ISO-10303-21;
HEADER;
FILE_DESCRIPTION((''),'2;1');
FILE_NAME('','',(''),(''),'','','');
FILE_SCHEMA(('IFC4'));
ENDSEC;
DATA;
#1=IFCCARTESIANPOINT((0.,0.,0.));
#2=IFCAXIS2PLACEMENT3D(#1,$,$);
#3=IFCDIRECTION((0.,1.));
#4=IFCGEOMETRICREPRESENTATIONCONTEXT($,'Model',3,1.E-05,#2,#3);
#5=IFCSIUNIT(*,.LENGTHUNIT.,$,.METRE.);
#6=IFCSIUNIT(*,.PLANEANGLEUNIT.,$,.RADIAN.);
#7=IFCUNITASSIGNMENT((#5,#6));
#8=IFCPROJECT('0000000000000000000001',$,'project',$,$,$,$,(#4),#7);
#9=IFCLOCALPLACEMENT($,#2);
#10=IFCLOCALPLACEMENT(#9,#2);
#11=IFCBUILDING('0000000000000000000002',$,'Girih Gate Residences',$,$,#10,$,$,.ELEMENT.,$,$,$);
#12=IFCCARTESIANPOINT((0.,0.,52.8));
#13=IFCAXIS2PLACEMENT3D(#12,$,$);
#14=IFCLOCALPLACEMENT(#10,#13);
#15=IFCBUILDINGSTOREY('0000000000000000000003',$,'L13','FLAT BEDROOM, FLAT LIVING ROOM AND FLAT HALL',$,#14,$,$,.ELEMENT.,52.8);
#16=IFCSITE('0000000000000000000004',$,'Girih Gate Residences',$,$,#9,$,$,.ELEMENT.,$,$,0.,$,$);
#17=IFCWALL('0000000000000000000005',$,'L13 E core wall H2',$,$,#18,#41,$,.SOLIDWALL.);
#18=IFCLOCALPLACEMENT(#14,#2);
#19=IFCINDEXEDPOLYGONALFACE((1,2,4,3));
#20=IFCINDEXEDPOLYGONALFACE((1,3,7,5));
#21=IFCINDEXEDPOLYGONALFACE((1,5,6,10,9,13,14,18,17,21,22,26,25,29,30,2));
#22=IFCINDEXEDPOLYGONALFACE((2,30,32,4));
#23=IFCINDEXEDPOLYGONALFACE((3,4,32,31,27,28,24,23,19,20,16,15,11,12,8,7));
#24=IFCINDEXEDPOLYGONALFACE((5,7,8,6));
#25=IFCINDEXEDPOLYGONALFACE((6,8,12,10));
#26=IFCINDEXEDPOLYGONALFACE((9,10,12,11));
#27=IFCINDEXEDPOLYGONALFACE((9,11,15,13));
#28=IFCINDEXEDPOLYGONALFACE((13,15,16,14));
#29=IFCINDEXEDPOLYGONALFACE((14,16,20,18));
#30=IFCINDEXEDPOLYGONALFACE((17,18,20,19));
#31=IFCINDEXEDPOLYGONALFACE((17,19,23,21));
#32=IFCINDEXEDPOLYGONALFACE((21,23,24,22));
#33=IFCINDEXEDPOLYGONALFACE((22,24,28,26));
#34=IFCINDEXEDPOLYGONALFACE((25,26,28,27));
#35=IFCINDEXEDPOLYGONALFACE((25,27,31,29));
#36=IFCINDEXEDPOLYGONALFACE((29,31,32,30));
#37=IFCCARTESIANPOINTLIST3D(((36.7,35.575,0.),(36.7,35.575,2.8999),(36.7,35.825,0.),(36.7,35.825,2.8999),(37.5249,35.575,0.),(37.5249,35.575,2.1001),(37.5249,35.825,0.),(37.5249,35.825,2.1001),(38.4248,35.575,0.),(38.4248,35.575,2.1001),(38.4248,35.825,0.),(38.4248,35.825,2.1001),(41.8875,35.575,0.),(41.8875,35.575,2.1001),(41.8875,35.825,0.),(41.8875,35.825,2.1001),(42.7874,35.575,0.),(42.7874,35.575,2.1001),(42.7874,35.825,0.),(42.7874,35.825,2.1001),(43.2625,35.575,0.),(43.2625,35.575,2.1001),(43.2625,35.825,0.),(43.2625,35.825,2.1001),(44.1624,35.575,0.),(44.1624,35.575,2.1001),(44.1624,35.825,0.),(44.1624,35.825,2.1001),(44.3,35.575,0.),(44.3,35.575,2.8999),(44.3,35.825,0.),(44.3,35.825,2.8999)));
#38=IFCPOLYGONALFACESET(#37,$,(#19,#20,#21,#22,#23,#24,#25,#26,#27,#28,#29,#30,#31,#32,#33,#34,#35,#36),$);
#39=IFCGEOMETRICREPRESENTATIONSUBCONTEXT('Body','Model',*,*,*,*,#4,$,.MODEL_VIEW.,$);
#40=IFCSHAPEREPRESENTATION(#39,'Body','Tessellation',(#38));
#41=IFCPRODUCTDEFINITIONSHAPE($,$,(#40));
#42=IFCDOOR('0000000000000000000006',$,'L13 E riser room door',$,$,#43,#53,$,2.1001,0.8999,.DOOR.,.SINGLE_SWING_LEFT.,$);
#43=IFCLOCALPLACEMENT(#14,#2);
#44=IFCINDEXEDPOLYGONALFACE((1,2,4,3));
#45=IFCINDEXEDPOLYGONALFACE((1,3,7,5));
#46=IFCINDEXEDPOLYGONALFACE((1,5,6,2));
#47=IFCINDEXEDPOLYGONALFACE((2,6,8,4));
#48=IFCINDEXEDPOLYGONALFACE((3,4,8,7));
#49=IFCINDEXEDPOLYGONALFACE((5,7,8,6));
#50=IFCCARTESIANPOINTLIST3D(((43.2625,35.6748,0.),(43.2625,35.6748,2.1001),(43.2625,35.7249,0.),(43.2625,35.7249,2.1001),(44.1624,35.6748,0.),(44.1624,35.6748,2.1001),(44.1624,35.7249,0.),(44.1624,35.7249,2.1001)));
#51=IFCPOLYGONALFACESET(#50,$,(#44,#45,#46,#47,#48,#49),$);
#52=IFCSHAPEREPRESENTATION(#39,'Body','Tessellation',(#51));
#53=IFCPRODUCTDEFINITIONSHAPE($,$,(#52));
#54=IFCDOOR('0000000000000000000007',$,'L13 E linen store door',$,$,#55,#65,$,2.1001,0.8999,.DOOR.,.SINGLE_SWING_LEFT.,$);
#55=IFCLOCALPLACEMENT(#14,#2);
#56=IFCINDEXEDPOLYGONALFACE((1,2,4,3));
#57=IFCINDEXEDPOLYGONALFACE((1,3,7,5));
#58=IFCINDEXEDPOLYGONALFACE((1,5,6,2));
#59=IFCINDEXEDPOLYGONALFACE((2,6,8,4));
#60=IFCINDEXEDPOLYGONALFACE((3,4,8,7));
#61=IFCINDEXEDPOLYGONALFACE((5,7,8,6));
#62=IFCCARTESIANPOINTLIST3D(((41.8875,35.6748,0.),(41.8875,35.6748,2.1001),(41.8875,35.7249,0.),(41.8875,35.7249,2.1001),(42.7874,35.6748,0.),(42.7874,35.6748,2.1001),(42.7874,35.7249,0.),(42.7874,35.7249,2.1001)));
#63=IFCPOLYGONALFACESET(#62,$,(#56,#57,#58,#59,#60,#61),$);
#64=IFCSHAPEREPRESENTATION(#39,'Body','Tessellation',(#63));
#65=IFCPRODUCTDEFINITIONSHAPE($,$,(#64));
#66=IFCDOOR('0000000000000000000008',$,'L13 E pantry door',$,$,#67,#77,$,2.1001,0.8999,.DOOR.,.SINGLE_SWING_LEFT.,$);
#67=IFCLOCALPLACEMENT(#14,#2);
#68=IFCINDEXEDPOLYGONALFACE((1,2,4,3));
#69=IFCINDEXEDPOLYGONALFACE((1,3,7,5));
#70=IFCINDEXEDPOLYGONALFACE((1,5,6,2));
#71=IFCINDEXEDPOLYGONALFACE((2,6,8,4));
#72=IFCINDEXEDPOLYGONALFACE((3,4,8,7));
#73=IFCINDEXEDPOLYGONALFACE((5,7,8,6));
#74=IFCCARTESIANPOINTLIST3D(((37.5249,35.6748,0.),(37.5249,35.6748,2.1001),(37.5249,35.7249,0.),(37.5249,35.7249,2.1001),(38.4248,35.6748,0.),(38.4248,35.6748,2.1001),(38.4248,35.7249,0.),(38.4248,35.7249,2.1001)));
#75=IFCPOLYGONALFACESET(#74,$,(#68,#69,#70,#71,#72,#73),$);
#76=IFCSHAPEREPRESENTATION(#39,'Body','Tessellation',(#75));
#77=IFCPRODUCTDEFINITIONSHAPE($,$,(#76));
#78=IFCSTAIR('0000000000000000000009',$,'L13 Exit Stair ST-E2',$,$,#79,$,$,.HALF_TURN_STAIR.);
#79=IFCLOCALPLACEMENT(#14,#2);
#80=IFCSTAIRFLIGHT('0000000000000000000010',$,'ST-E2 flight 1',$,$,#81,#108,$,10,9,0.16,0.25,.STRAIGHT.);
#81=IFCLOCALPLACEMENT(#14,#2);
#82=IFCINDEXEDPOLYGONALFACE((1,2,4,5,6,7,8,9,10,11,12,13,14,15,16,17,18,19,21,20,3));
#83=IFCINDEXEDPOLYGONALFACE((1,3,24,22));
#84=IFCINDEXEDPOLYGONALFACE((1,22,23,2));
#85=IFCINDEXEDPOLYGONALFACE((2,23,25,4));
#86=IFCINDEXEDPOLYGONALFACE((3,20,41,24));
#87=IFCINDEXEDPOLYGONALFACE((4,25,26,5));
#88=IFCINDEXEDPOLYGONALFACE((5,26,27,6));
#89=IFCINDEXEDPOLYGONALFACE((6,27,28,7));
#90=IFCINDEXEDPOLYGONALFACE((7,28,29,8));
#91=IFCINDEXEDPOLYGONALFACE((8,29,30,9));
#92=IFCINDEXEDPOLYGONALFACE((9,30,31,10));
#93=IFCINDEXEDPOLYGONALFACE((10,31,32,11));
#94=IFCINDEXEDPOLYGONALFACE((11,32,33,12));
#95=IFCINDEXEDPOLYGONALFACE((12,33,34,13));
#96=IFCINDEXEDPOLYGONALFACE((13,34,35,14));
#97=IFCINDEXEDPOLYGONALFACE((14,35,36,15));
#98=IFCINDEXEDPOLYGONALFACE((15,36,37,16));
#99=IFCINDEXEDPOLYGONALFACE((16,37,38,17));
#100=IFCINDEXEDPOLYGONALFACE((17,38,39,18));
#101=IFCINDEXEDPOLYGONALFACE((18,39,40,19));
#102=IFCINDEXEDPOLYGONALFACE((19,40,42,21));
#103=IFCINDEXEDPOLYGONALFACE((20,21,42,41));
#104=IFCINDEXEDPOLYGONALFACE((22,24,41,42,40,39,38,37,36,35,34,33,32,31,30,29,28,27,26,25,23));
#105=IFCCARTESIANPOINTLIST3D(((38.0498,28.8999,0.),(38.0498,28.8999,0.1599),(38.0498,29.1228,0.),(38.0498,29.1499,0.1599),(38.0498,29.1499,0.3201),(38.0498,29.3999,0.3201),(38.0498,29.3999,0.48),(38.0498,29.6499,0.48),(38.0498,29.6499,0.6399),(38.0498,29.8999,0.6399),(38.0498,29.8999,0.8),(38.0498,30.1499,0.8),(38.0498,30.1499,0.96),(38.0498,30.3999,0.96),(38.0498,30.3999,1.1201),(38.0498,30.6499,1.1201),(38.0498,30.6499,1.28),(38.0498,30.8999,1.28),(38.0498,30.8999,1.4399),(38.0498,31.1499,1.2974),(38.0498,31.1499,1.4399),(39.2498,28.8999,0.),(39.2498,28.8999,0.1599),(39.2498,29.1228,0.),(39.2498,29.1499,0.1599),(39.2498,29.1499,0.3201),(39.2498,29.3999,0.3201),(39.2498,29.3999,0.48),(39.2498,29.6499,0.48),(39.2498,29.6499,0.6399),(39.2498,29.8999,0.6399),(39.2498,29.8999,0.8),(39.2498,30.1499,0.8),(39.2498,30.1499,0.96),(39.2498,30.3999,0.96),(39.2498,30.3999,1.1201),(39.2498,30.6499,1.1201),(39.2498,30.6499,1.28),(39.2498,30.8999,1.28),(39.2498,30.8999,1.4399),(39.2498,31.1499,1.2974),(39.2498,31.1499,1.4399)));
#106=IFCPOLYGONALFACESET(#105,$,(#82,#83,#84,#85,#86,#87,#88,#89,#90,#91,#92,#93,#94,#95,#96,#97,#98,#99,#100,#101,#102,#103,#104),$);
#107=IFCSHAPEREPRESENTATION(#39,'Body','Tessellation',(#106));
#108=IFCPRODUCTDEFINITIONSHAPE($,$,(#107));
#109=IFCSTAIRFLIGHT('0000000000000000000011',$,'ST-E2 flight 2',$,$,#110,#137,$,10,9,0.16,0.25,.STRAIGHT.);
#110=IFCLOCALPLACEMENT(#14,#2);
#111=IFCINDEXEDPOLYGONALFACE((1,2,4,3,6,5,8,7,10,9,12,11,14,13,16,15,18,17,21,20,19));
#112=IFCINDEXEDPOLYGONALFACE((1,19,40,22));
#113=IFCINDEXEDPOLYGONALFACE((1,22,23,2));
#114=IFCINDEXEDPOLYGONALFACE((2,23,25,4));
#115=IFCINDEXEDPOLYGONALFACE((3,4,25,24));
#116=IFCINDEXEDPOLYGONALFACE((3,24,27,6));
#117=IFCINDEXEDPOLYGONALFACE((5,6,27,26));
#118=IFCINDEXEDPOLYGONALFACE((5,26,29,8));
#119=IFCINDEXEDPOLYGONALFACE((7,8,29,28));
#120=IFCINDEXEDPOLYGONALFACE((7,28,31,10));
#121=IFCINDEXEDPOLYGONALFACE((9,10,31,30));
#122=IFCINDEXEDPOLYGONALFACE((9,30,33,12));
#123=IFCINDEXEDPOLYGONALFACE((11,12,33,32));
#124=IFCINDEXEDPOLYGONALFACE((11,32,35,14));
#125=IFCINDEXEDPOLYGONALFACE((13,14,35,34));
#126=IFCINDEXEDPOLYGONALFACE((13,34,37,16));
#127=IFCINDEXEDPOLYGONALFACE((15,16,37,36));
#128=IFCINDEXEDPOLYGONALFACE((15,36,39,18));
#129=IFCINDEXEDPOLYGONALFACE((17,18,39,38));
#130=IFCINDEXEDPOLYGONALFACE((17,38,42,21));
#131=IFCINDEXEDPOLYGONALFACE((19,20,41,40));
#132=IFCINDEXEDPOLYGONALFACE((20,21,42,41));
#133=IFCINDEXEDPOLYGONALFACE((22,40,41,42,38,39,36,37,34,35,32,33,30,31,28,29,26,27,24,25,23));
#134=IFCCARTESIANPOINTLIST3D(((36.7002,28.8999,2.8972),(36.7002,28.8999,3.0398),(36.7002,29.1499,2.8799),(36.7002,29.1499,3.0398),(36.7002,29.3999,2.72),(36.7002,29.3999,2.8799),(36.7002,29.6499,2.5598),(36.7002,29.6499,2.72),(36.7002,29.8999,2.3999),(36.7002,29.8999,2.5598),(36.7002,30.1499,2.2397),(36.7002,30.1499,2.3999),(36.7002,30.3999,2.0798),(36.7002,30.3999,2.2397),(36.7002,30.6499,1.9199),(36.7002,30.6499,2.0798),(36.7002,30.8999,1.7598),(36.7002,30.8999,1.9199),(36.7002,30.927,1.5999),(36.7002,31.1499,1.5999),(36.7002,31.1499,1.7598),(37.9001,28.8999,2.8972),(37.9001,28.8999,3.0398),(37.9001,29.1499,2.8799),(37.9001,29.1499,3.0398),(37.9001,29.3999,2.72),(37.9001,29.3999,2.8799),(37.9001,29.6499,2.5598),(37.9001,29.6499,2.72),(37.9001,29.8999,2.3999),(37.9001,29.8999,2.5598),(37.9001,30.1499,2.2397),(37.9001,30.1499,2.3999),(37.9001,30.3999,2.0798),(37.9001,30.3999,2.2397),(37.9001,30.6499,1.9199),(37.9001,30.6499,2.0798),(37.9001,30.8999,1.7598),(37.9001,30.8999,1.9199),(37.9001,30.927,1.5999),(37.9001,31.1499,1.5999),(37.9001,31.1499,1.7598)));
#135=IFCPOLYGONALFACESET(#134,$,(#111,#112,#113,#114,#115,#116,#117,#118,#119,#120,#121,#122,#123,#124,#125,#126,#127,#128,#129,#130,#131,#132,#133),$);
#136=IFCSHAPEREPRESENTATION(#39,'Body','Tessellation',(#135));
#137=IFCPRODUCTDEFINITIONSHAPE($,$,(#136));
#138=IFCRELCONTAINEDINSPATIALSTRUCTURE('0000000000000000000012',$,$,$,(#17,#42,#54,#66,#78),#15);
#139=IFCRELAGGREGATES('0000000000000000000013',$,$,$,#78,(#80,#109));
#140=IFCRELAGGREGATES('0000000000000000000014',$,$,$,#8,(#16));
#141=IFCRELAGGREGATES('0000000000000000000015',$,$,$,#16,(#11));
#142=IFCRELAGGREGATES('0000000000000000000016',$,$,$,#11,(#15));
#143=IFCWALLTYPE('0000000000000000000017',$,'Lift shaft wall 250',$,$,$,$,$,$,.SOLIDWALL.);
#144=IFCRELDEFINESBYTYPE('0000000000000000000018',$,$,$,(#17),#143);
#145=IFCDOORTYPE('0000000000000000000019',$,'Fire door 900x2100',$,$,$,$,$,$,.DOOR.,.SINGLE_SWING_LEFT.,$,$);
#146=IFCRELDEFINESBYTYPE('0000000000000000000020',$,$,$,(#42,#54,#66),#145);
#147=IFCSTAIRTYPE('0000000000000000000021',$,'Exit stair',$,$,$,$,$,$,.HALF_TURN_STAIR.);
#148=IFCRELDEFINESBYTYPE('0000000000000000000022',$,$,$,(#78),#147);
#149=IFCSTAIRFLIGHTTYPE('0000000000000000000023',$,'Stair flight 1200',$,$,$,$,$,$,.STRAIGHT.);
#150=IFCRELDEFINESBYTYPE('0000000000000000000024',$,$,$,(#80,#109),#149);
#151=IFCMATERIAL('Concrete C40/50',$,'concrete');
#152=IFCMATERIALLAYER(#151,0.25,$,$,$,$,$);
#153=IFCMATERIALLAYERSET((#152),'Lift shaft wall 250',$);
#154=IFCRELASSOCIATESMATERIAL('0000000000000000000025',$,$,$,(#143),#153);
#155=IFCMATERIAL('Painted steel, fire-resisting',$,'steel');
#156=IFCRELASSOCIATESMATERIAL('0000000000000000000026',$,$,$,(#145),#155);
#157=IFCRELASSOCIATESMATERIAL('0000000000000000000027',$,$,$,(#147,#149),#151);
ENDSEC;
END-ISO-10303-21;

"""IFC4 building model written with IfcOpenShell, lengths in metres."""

from ifc_helpers import new_model, si_unit, direction, frame, frame_2d, origin, place, context, subcontext, project, spatial, polyline, rectangle, outline, extrude, material, layer, layer_set, type_object, element, fill, aggregate, save


model = new_model("IFC4")

# Units and contexts
model_context = context("Model", 3, precision=1e-05, world=origin(), true_north=direction((0.0, 1.0)))
body_context = subcontext(model_context, "Body", "Model", "MODEL_VIEW")
ifc_project = project(units=[si_unit("LENGTHUNIT", "METRE"), si_unit("PLANEANGLEUNIT", "RADIAN")], contexts=[model_context])

# Site, building, storey
site_placement = place(None, origin())
site = spatial("IfcSite", under=ifc_project, at=site_placement, Name="Girih Gate Residences", CompositionType="ELEMENT", RefElevation=0.0)
building_placement = place(site_placement, origin())
building = spatial("IfcBuilding", under=site, at=building_placement, Name="Girih Gate Residences", CompositionType="ELEMENT")
storey_placement = place(building_placement, frame((0.0, 0.0, 52.8)))
storey = spatial("IfcBuildingStorey", under=building, at=storey_placement, Name="L13", Description="FLAT BEDROOM, FLAT LIVING ROOM AND FLAT HALL", CompositionType="ELEMENT", Elevation=52.8)

# Shared definitions
ifc_material_1 = material(Name="Concrete C40/50", Category="concrete")
ifc_layer_1 = layer(ifc_material_1, 0.25)
ifc_layer_set_1 = layer_set([ifc_layer_1], Name="Lift shaft wall 250")
wall_type_1 = type_object("IfcWallType", Name="Lift shaft wall 250", PredefinedType="SOLIDWALL", material=ifc_layer_set_1)

# Wall, openings, doors
wall_1_placement = place(storey_placement, frame((36.7, 35.7, 0.0), z_axis=(0.0, 0.0, 1.0), x_axis=(1.0, 0.0, 0.0)))
wall_1 = element("IfcWall", 1, at=wall_1_placement, inside=storey, type_object=wall_type_1, Name="L13 E core wall H2", PredefinedType="SOLIDWALL", context=body_context, shape_type="SweptSolid", body=[
    extrude(rectangle(XDim=7.6001, YDim=0.25, at=frame_2d((3.8, 0.0))), origin(), (0.0, 0.0, 1.0), 2.8999),
])
opening_1_placement = place(wall_1_placement, frame((6.5625, 0.0, 0.0)))
opening_1 = element("IfcOpeningElement", 2, at=opening_1_placement, cuts=wall_1, PredefinedType="OPENING", context=body_context, shape_type="SweptSolid", body=[
    extrude(rectangle(XDim=0.8999, YDim=2.1001, at=frame_2d((0.45, 1.05))), frame((0.0, 0.135, 0.0), z_axis=(0.0, -1.0, 0.0), x_axis=(1.0, 0.0, 0.0)), (0.0, 0.0, 1.0), 0.27),
])
opening_2_placement = place(wall_1_placement, frame((5.1875, 0.0, 0.0)))
opening_2 = element("IfcOpeningElement", 3, at=opening_2_placement, cuts=wall_1, PredefinedType="OPENING", context=body_context, shape_type="SweptSolid", body=[
    extrude(rectangle(XDim=0.8999, YDim=2.1001, at=frame_2d((0.45, 1.05))), frame((0.0, 0.135, 0.0), z_axis=(0.0, -1.0, 0.0), x_axis=(1.0, 0.0, 0.0)), (0.0, 0.0, 1.0), 0.27),
])
opening_3_placement = place(wall_1_placement, frame((0.825, 0.0, 0.0)))
opening_3 = element("IfcOpeningElement", 4, at=opening_3_placement, cuts=wall_1, PredefinedType="OPENING", context=body_context, shape_type="SweptSolid", body=[
    extrude(rectangle(XDim=0.8999, YDim=2.1001, at=frame_2d((0.45, 1.05))), frame((0.0, 0.135, 0.0), z_axis=(0.0, -1.0, 0.0), x_axis=(1.0, 0.0, 0.0)), (0.0, 0.0, 1.0), 0.27),
])
ifc_material_2 = material(Name="Painted steel, fire-resisting", Category="steel")
door_type_1 = type_object("IfcDoorType", Name="Fire door 900x2100", OperationType="SINGLE_SWING_LEFT", PredefinedType="DOOR", material=ifc_material_2)
door_1_placement = place(opening_1_placement, origin())
door_1 = element("IfcDoor", 5, at=door_1_placement, inside=storey, type_object=door_type_1, Name="L13 E riser room door", OperationType="SINGLE_SWING_LEFT", OverallHeight=2.1001, OverallWidth=0.8999, PredefinedType="DOOR", context=body_context, shape_type="SweptSolid", body=[
    extrude(rectangle(XDim=0.8999, YDim=2.1001, at=frame_2d((0.45, 1.05))), frame((0.0, 0.0249, 0.0), z_axis=(0.0, -1.0, 0.0), x_axis=(1.0, 0.0, 0.0)), (0.0, 0.0, 1.0), 0.05),
])
fill(opening_1, door_1)
door_2_placement = place(opening_2_placement, origin())
door_2 = element("IfcDoor", 6, at=door_2_placement, inside=storey, type_object=door_type_1, Name="L13 E linen store door", OperationType="SINGLE_SWING_LEFT", OverallHeight=2.1001, OverallWidth=0.8999, PredefinedType="DOOR", context=body_context, shape_type="SweptSolid", body=[
    extrude(rectangle(XDim=0.8999, YDim=2.1001, at=frame_2d((0.45, 1.05))), frame((0.0, 0.0249, 0.0), z_axis=(0.0, -1.0, 0.0), x_axis=(1.0, 0.0, 0.0)), (0.0, 0.0, 1.0), 0.05),
])
fill(opening_2, door_2)
door_3_placement = place(opening_3_placement, origin())
door_3 = element("IfcDoor", 7, at=door_3_placement, inside=storey, type_object=door_type_1, Name="L13 E pantry door", OperationType="SINGLE_SWING_LEFT", OverallHeight=2.1001, OverallWidth=0.8999, PredefinedType="DOOR", context=body_context, shape_type="SweptSolid", body=[
    extrude(rectangle(XDim=0.8999, YDim=2.1001, at=frame_2d((0.45, 1.05))), frame((0.0, 0.0249, 0.0), z_axis=(0.0, -1.0, 0.0), x_axis=(1.0, 0.0, 0.0)), (0.0, 0.0, 1.0), 0.05),
])
fill(opening_3, door_3)

# Stair, stair flights
stair_type = type_object("IfcStairType", Name="Exit stair", PredefinedType="HALF_TURN_STAIR", material=ifc_material_1)
stair_placement = place(storey_placement, origin())
stair = element("IfcStair", 8, at=stair_placement, inside=storey, type_object=stair_type, Name="L13 Exit Stair ST-E2", PredefinedType="HALF_TURN_STAIR")
stair_flight_type = type_object("IfcStairFlightType", Name="Stair flight 1200", PredefinedType="STRAIGHT", material=ifc_material_1)
stair_flight_1_placement = place(storey_placement, frame((38.6499, 28.8999, 0.0), z_axis=(0.0, 0.0, 1.0), x_axis=(0.0, 1.0, 0.0)))
stair_flight_1 = element("IfcStairFlight", 9, at=stair_flight_1_placement, type_object=stair_flight_type, Name="ST-E2 flight 1", NumberOfRisers=10, NumberOfTreads=9, PredefinedType="STRAIGHT", RiserHeight=0.16, TreadLength=0.25, context=body_context, shape_type="SweptSolid", body=[
    extrude(outline(polyline([(0.0, 0.0), (0.0, 0.1599), (0.25, 0.1599), (0.25, 0.3201), (0.5, 0.3201), (0.5, 0.48), (0.75, 0.48), (0.75, 0.6399), (1.0, 0.6399), (1.0, 0.8), (1.25, 0.8), (1.25, 0.96), (1.5, 0.96), (1.5, 1.1201), (1.75, 1.1201), (1.75, 1.28), (2.0, 1.28), (2.0, 1.4399), (2.25, 1.4399), (2.25, 1.6001), (2.25, 1.2974), (0.2229, 0.0), (0.0, 0.0)])), frame((0.0, 0.6001, 0.0), z_axis=(0.0, -1.0, 0.0), x_axis=(1.0, 0.0, 0.0)), (0.0, 0.0, 1.0), 1.2),
])
stair_flight_2_placement = place(storey_placement, frame((37.3, 31.1499, 1.5999), z_axis=(0.0, 0.0, 1.0), x_axis=(0.0, -1.0, 0.0)))
stair_flight_2 = element("IfcStairFlight", 10, at=stair_flight_2_placement, type_object=stair_flight_type, Name="ST-E2 flight 2", NumberOfRisers=10, NumberOfTreads=9, PredefinedType="STRAIGHT", RiserHeight=0.16, TreadLength=0.25, context=body_context, shape_type="SweptSolid", body=[
    extrude(outline(polyline([(0.0, 0.0), (0.0, 0.1599), (0.25, 0.1599), (0.25, 0.3201), (0.5, 0.3201), (0.5, 0.48), (0.75, 0.48), (0.75, 0.6399), (1.0, 0.6399), (1.0, 0.8), (1.25, 0.8), (1.25, 0.96), (1.5, 0.96), (1.5, 1.1201), (1.75, 1.1201), (1.75, 1.28), (2.0, 1.28), (2.0, 1.4399), (2.25, 1.4399), (2.25, 1.6001), (2.25, 1.2974), (0.2229, 0.0), (0.0, 0.0)])), frame((0.0, 0.6001, 0.0), z_axis=(0.0, -1.0, 0.0), x_axis=(1.0, 0.0, 0.0)), (0.0, 0.0, 1.0), 1.2),
])
aggregate(stair, [stair_flight_1, stair_flight_2])

save(model, "model.ifc")
